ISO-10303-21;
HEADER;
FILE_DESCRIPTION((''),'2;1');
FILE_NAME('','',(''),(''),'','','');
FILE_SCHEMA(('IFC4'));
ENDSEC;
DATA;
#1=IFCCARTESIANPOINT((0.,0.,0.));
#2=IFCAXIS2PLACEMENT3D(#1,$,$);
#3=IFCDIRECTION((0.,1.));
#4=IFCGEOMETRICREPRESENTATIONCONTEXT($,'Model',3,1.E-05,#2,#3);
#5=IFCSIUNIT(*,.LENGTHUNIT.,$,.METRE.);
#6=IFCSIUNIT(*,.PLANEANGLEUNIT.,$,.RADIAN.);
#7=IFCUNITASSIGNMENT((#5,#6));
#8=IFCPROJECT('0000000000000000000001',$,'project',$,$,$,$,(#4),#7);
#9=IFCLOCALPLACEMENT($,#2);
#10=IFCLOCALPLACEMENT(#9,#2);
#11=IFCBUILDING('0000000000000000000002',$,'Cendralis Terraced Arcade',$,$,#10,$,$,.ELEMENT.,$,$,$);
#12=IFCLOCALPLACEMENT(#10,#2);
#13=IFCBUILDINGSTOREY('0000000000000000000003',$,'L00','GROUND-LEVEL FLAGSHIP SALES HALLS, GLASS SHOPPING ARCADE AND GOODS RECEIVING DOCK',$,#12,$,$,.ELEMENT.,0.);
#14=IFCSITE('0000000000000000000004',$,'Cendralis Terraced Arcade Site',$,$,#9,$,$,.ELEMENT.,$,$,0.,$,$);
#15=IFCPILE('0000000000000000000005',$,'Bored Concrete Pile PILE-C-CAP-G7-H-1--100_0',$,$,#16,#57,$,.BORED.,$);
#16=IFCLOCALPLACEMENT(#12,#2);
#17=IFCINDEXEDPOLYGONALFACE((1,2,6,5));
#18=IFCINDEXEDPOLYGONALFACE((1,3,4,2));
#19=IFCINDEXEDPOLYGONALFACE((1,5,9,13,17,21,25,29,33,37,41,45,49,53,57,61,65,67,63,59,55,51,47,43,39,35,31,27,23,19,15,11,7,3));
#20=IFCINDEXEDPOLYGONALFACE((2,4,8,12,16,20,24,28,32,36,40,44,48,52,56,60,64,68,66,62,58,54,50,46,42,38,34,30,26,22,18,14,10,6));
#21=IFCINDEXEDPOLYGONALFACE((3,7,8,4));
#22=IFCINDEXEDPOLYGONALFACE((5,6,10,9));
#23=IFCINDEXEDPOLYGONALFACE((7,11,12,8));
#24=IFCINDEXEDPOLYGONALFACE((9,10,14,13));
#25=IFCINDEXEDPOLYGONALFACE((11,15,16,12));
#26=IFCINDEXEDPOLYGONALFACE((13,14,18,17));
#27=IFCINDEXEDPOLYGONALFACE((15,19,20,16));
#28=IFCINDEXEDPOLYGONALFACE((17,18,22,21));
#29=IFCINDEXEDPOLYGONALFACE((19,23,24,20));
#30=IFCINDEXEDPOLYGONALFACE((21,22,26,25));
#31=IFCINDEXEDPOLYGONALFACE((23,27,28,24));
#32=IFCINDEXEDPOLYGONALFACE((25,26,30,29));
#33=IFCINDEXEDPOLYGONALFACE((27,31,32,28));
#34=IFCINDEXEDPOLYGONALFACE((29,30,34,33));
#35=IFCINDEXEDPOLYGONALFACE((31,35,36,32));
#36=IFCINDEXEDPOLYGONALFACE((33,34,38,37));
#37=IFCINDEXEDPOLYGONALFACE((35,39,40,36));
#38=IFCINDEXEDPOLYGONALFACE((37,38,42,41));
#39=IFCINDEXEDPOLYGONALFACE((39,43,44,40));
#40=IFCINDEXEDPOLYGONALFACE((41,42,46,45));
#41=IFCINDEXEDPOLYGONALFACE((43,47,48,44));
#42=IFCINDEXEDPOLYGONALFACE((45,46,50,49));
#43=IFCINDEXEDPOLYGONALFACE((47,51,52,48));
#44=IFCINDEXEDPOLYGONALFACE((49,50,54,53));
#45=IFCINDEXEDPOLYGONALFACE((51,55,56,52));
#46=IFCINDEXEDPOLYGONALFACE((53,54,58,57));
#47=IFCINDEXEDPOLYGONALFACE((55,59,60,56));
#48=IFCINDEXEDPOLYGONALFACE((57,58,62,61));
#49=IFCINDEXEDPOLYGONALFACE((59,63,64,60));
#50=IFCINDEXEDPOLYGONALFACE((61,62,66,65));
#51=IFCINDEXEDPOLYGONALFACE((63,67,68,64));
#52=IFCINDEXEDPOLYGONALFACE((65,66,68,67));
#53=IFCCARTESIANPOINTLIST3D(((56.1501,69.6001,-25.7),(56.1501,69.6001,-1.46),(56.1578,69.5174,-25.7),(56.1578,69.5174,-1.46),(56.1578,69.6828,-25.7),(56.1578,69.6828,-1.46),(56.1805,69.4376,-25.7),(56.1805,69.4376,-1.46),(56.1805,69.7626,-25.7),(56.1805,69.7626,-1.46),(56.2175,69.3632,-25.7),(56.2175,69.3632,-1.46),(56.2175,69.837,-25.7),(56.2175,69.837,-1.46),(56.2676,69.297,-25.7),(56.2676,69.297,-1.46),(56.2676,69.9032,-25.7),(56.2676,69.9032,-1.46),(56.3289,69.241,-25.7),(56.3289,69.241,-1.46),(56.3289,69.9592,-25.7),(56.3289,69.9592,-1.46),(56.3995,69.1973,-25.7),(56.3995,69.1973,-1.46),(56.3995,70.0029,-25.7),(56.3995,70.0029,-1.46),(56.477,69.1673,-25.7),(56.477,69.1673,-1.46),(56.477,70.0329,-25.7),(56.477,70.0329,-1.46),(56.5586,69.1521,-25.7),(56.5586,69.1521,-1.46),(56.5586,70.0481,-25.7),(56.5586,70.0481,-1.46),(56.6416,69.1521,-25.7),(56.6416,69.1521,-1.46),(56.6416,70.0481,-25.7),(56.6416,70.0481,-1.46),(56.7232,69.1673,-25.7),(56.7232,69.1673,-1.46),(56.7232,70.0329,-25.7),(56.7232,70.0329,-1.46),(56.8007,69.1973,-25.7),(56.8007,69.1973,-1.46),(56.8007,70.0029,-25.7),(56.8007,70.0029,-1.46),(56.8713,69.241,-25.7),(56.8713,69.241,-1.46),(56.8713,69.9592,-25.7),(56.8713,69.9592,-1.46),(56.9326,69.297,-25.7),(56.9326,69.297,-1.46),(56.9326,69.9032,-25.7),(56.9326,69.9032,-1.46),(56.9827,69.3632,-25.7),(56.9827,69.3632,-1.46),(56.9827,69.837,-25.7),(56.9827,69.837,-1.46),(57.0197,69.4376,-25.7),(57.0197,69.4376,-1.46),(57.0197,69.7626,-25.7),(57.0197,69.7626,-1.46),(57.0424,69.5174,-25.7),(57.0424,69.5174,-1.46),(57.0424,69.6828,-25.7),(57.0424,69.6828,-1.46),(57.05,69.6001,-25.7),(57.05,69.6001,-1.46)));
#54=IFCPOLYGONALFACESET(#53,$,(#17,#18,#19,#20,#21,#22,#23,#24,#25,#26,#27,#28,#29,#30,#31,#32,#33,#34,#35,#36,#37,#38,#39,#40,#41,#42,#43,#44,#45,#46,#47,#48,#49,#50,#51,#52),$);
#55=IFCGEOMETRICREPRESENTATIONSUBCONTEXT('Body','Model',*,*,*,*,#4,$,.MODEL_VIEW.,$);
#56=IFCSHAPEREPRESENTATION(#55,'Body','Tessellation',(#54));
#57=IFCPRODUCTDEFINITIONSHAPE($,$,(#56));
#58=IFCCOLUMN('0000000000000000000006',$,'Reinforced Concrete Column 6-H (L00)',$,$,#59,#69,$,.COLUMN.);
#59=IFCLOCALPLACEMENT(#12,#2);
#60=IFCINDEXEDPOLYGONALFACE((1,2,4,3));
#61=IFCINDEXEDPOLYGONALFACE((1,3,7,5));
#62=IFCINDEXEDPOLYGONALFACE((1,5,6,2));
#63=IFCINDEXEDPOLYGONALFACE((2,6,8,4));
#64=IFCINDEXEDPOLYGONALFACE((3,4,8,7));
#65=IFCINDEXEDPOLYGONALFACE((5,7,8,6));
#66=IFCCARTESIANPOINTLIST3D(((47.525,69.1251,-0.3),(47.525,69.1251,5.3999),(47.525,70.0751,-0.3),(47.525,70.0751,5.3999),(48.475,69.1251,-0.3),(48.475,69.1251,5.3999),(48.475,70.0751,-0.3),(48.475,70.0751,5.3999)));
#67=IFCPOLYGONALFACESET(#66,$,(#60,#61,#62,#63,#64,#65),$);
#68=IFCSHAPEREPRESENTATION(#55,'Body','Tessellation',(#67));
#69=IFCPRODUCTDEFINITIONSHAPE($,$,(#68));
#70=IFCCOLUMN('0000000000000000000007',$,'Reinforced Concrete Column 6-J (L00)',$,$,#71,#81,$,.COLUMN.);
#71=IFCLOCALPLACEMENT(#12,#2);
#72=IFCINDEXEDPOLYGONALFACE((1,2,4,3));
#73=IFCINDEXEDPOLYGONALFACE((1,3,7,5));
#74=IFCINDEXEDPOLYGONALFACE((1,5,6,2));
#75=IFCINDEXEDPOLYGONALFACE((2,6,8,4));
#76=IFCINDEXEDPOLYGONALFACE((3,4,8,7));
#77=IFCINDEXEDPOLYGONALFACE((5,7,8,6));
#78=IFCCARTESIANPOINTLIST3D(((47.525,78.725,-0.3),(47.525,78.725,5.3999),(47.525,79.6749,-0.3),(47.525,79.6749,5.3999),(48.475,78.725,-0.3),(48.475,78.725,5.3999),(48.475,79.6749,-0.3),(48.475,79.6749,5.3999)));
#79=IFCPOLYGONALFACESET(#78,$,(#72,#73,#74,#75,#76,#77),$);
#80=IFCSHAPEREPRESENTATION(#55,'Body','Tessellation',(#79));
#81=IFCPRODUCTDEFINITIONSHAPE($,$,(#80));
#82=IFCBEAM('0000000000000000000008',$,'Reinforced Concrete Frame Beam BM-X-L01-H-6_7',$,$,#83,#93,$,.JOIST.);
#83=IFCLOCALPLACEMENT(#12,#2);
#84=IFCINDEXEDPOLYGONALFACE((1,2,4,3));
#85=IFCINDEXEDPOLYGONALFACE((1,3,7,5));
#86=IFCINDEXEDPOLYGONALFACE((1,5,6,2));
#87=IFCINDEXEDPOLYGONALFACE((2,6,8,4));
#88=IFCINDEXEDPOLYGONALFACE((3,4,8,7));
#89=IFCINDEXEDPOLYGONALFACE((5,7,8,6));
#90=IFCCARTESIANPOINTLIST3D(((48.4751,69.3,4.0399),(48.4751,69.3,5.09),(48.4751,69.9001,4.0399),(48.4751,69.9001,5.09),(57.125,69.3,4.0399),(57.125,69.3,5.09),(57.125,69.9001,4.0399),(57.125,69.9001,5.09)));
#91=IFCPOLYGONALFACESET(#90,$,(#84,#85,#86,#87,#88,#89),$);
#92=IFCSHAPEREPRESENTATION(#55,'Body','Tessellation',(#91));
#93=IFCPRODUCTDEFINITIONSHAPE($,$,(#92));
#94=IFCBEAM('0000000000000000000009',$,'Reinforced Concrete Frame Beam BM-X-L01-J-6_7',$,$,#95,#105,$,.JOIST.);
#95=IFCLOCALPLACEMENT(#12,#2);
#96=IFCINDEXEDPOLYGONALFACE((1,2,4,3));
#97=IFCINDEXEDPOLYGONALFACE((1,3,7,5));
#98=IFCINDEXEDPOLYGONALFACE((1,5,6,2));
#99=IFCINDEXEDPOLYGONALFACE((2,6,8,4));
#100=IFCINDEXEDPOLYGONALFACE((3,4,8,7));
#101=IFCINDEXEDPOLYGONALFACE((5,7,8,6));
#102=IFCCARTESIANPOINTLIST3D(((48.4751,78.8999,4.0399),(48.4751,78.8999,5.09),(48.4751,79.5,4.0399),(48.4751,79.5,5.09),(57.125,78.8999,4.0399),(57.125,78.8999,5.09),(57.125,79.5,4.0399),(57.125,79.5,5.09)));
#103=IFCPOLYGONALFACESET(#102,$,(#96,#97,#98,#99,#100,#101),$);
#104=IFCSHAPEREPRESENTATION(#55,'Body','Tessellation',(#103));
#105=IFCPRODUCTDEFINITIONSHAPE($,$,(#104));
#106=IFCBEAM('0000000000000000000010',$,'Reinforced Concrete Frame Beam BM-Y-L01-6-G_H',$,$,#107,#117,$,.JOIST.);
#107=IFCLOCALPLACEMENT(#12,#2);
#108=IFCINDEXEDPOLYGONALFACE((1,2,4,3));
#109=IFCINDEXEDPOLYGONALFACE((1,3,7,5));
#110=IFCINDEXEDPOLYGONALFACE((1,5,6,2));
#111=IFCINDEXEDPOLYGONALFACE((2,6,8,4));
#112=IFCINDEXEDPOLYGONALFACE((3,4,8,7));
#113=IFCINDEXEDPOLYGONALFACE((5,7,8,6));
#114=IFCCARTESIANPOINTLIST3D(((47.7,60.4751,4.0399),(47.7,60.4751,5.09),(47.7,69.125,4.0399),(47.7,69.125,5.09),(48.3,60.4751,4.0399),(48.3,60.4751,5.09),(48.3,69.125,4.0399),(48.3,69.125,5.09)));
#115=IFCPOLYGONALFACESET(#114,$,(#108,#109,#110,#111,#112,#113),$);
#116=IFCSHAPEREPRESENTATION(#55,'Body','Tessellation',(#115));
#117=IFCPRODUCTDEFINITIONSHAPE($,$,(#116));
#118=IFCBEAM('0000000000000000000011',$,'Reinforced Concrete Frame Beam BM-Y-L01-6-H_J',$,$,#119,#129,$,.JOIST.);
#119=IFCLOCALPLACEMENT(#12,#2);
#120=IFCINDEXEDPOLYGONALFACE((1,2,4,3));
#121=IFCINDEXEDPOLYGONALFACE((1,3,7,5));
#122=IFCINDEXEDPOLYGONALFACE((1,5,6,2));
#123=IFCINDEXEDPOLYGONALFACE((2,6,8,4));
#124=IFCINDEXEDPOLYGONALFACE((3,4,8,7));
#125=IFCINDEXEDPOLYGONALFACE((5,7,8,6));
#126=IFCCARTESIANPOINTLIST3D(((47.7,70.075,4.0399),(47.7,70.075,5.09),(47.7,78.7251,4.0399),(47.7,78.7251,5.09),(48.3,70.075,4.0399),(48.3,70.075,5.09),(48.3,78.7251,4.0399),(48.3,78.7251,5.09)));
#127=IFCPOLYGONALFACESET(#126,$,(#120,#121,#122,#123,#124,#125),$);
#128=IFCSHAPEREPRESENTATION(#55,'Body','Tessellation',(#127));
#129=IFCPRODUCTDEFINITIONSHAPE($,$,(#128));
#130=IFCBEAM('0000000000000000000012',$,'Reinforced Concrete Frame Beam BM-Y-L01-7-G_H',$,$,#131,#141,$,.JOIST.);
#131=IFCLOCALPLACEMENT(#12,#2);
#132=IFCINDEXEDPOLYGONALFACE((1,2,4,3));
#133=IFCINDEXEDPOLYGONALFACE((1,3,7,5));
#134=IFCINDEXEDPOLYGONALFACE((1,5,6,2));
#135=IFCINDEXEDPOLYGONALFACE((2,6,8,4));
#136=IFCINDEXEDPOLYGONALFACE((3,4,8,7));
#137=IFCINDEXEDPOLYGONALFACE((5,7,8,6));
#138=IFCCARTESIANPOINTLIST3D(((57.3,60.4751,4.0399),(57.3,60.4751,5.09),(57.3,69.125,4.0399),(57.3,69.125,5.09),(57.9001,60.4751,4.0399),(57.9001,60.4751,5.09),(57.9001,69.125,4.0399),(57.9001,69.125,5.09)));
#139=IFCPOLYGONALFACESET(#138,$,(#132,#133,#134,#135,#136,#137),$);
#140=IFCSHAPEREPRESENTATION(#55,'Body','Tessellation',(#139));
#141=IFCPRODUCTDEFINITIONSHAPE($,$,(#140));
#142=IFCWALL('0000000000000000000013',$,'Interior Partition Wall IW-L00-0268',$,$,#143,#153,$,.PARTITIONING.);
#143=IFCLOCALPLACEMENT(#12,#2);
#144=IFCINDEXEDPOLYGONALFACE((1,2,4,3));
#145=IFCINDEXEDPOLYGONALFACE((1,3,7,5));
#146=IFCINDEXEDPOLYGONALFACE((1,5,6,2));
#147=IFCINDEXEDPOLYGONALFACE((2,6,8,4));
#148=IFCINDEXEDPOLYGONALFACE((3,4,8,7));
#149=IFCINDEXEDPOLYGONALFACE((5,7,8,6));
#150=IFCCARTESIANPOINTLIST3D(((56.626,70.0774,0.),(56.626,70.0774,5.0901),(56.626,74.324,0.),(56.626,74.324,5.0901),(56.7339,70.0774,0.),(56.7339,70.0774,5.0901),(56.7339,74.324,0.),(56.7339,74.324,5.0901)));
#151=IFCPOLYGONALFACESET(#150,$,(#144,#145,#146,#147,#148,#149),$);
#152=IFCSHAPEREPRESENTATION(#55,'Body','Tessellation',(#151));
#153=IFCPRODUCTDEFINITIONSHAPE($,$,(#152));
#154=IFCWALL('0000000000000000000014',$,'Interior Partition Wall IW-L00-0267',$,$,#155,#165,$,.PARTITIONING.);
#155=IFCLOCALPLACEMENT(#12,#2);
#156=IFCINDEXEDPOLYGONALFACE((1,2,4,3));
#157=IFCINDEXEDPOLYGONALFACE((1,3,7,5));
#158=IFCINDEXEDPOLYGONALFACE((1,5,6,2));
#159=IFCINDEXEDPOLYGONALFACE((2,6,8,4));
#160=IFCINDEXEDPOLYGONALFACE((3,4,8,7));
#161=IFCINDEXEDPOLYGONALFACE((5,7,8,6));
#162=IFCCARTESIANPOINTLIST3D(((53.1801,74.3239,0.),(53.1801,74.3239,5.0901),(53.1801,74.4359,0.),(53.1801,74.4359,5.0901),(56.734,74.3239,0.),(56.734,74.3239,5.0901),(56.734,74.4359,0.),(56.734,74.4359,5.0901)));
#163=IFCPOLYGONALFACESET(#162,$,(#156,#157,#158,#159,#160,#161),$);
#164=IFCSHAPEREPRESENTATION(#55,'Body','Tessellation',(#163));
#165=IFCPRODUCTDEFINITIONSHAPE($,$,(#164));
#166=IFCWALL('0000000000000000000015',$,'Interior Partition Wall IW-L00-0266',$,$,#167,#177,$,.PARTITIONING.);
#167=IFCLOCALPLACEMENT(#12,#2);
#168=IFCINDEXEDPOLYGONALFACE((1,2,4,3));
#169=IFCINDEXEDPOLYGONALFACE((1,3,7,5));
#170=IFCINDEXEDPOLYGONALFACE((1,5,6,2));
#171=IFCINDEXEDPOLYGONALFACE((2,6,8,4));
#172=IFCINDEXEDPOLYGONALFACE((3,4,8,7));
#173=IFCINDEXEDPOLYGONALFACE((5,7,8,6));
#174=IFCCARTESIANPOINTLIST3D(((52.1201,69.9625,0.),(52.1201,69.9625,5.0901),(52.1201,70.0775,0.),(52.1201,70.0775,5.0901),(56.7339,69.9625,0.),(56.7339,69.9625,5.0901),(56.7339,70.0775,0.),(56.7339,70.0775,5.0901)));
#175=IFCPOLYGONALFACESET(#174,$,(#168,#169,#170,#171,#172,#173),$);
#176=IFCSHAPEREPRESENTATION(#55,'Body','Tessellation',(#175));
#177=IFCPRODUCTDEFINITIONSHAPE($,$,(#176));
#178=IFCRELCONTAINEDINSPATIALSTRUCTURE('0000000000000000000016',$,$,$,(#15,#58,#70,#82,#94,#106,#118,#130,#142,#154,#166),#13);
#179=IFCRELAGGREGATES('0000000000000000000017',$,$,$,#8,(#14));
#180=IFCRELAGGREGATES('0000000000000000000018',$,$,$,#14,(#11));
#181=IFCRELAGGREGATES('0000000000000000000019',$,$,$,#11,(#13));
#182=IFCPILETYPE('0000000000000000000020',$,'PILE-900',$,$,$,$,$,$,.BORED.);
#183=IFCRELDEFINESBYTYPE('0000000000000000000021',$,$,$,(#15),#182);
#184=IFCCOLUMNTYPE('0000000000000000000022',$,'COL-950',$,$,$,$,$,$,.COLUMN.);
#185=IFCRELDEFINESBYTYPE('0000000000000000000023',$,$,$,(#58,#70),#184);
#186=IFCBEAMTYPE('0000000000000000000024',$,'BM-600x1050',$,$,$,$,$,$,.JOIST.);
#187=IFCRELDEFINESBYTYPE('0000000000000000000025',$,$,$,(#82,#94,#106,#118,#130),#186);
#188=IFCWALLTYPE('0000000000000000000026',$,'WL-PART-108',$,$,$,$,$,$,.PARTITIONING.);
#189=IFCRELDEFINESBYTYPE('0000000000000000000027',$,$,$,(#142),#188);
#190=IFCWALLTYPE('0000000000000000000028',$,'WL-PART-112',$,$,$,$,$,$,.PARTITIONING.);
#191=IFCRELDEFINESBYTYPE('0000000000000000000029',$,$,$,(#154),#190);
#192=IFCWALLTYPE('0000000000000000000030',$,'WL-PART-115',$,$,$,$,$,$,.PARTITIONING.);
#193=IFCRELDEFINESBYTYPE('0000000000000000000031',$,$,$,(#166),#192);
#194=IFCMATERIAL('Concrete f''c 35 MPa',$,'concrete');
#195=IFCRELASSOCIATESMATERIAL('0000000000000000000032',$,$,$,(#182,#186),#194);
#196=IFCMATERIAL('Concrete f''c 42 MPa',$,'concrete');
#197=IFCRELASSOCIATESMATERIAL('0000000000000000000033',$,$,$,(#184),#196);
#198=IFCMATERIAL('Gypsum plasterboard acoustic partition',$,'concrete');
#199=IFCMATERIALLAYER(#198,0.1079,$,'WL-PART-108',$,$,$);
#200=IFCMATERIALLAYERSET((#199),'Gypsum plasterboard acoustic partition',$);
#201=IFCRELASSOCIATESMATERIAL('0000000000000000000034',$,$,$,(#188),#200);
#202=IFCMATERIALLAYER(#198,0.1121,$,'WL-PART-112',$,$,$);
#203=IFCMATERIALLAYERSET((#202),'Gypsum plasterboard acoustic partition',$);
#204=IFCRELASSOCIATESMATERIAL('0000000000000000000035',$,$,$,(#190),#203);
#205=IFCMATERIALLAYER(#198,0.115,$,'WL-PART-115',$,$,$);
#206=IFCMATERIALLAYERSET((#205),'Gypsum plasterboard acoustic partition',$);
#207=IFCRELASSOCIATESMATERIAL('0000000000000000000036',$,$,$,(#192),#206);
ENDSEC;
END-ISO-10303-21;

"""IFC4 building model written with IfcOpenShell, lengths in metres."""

from ifc_helpers import new_model, si_unit, direction, frame, frame_2d, origin, origin_2d, place, context, subcontext, project, spatial, rectangle, circle, extrude, material, layer, layer_set, material_profile, profile_set, type_object, element, save


model = new_model("IFC4")

# Units and contexts
model_context = context("Model", 3, precision=1e-05, world=origin(), true_north=direction((0.0, 1.0)))
body_context = subcontext(model_context, "Body", "Model", "MODEL_VIEW")
ifc_project = project(units=[si_unit("LENGTHUNIT", "METRE"), si_unit("PLANEANGLEUNIT", "RADIAN")], contexts=[model_context])

# Site, building, storey
site_placement = place(None, origin())
site = spatial("IfcSite", under=ifc_project, at=site_placement, Name="Cendralis Terraced Arcade Site", CompositionType="ELEMENT", RefElevation=0.0)
building_placement = place(site_placement, origin())
building = spatial("IfcBuilding", under=site, at=building_placement, Name="Cendralis Terraced Arcade", CompositionType="ELEMENT")
storey_placement = place(building_placement, origin())
storey = spatial("IfcBuildingStorey", under=building, at=storey_placement, Name="L00", Description="GROUND-LEVEL FLAGSHIP SALES HALLS, GLASS SHOPPING ARCADE AND GOODS RECEIVING DOCK", CompositionType="ELEMENT", Elevation=0.0)

# Shared definitions
ifc_material_1 = material(Name="Concrete f'c 35 MPa", Category="concrete")

# Pile
ifc_material_profile_1 = material_profile(ifc_material_1, circle(Radius=0.45, at=origin_2d()), Name="PILE-D900", Category="LoadBearing")
ifc_profile_set_1 = profile_set([ifc_material_profile_1], Name="Concrete f'c 35 MPa")
pile_type_1 = type_object("IfcPileType", Name="PILE-900", PredefinedType="BORED", material=ifc_profile_set_1)
pile_1_placement = place(storey_placement, frame((56.6001, 69.6001, -1.46), z_axis=(0.0, 0.0, -1.0), x_axis=(1.0, 0.0, 0.0)))
element("IfcPile", 1, at=pile_1_placement, inside=storey, type_object=pile_type_1, Name="Bored Concrete Pile PILE-C-CAP-G7-H-1--100_0", PredefinedType="BORED", context=body_context, shape_type="SweptSolid", body=[
    extrude(circle(Radius=0.45, at=origin_2d()), origin(), (0.0, 0.0, 1.0), 24.24),
])

# Columns
ifc_material_2 = material(Name="Concrete f'c 42 MPa", Category="concrete")
ifc_material_profile_2 = material_profile(ifc_material_2, rectangle(XDim=0.95, YDim=0.95, at=origin_2d()), Name="RC-COL-950x950", Category="LoadBearing")
ifc_profile_set_2 = profile_set([ifc_material_profile_2], Name="Concrete f'c 42 MPa")
column_type = type_object("IfcColumnType", Name="COL-950", PredefinedType="COLUMN", material=ifc_profile_set_2)
for number, where, z_axis, x_axis, name in (
    (2, (48.0, 69.6001, -0.3), (0.0, 0.0, 1.0), (1.0, 0.0, 0.0), "Reinforced Concrete Column 6-H (L00)"),
    (3, (48.0, 79.2, -0.3), (0.0, 0.0, 1.0), (1.0, 0.0, 0.0), "Reinforced Concrete Column 6-J (L00)"),
):
    element("IfcColumn", number, at=place(storey_placement, frame(where, z_axis=z_axis, x_axis=x_axis)), inside=storey, type_object=column_type, Name=name, PredefinedType="COLUMN", context=body_context, shape_type="SweptSolid", body=[
        extrude(rectangle(XDim=0.95, YDim=0.95, at=origin_2d()), origin(), (0.0, 0.0, 1.0), 5.7),
    ])

# Beams
ifc_material_profile_3 = material_profile(ifc_material_1, rectangle(XDim=0.6001, YDim=1.05, at=origin_2d()), Name="RC-BM-600x1050", Category="LoadBearing")
ifc_profile_set_3 = profile_set([ifc_material_profile_3], Name="Concrete f'c 35 MPa")
beam_type = type_object("IfcBeamType", Name="BM-600x1050", PredefinedType="JOIST", material=ifc_profile_set_3)
for number, where, z_axis, x_axis, name in (
    (4, (48.4751, 69.6001, 4.5649), (1.0, 0.0, 0.0), (0.0, 1.0, 0.0), "Reinforced Concrete Frame Beam BM-X-L01-H-6_7"),
    (5, (48.4751, 79.2, 4.5649), (1.0, 0.0, 0.0), (0.0, 1.0, 0.0), "Reinforced Concrete Frame Beam BM-X-L01-J-6_7"),
    (6, (48.0, 60.4751, 4.5649), (0.0, 1.0, 0.0), (-1.0, 0.0, 0.0), "Reinforced Concrete Frame Beam BM-Y-L01-6-G_H"),
):
    element("IfcBeam", number, at=place(storey_placement, frame(where, z_axis=z_axis, x_axis=x_axis)), inside=storey, type_object=beam_type, Name=name, PredefinedType="JOIST", context=body_context, shape_type="SweptSolid", body=[
        extrude(rectangle(XDim=0.6001, YDim=1.05, at=origin_2d()), origin(), (0.0, 0.0, 1.0), 8.6499),
    ])
beam_1_placement = place(storey_placement, frame((48.0, 70.075, 4.5649), z_axis=(0.0, 1.0, 0.0), x_axis=(-1.0, 0.0, 0.0)))
element("IfcBeam", 7, at=beam_1_placement, inside=storey, type_object=beam_type, Name="Reinforced Concrete Frame Beam BM-Y-L01-6-H_J", PredefinedType="JOIST", context=body_context, shape_type="SweptSolid", body=[
    extrude(rectangle(XDim=0.6001, YDim=1.05, at=origin_2d()), origin(), (0.0, 0.0, 1.0), 8.6501),
])
beam_2_placement = place(storey_placement, frame((57.6001, 60.4751, 4.5649), z_axis=(0.0, 1.0, 0.0), x_axis=(-1.0, 0.0, 0.0)))
element("IfcBeam", 8, at=beam_2_placement, inside=storey, type_object=beam_type, Name="Reinforced Concrete Frame Beam BM-Y-L01-7-G_H", PredefinedType="JOIST", context=body_context, shape_type="SweptSolid", body=[
    extrude(rectangle(XDim=0.6001, YDim=1.05, at=origin_2d()), origin(), (0.0, 0.0, 1.0), 8.6499),
])

# Walls
ifc_material_3 = material(Name="Gypsum plasterboard acoustic partition", Category="concrete")
ifc_layer_1 = layer(ifc_material_3, 0.1079, Name="WL-PART-108")
ifc_layer_set_1 = layer_set([ifc_layer_1], Name="Gypsum plasterboard acoustic partition")
wall_type_1 = type_object("IfcWallType", Name="WL-PART-108", PredefinedType="PARTITIONING", material=ifc_layer_set_1)
wall_1_placement = place(storey_placement, frame((56.6799, 70.0774, 0.0), z_axis=(0.0, 0.0, 1.0), x_axis=(0.0, 1.0, 0.0)))
element("IfcWall", 9, at=wall_1_placement, inside=storey, type_object=wall_type_1, Name="Interior Partition Wall IW-L00-0268", PredefinedType="PARTITIONING", context=body_context, shape_type="SweptSolid", body=[
    extrude(rectangle(XDim=4.2466, YDim=0.1079, at=frame_2d((2.1233, 0.0))), origin(), (0.0, 0.0, 1.0), 5.0901),
])
ifc_layer_2 = layer(ifc_material_3, 0.1121, Name="WL-PART-112")
ifc_layer_set_2 = layer_set([ifc_layer_2], Name="Gypsum plasterboard acoustic partition")
wall_type_2 = type_object("IfcWallType", Name="WL-PART-112", PredefinedType="PARTITIONING", material=ifc_layer_set_2)
wall_2_placement = place(storey_placement, frame((56.7339, 74.3799, 0.0), z_axis=(0.0, 0.0, 1.0), x_axis=(-1.0, 0.0, 0.0)))
element("IfcWall", 10, at=wall_2_placement, inside=storey, type_object=wall_type_2, Name="Interior Partition Wall IW-L00-0267", PredefinedType="PARTITIONING", context=body_context, shape_type="SweptSolid", body=[
    extrude(rectangle(XDim=3.554, YDim=0.1121, at=frame_2d((1.7769, 0.0))), origin(), (0.0, 0.0, 1.0), 5.0901),
])
ifc_layer_3 = layer(ifc_material_3, 0.115, Name="WL-PART-115")
ifc_layer_set_3 = layer_set([ifc_layer_3], Name="Gypsum plasterboard acoustic partition")
wall_type_3 = type_object("IfcWallType", Name="WL-PART-115", PredefinedType="PARTITIONING", material=ifc_layer_set_3)
wall_3_placement = place(storey_placement, frame((52.1201, 70.02, 0.0), z_axis=(0.0, 0.0, 1.0), x_axis=(1.0, 0.0, 0.0)))
element("IfcWall", 11, at=wall_3_placement, inside=storey, type_object=wall_type_3, Name="Interior Partition Wall IW-L00-0266", PredefinedType="PARTITIONING", context=body_context, shape_type="SweptSolid", body=[
    extrude(rectangle(XDim=4.6138, YDim=0.115, at=frame_2d((2.3069, 0.0))), origin(), (0.0, 0.0, 1.0), 5.0901),
])

save(model, "model.ifc")
